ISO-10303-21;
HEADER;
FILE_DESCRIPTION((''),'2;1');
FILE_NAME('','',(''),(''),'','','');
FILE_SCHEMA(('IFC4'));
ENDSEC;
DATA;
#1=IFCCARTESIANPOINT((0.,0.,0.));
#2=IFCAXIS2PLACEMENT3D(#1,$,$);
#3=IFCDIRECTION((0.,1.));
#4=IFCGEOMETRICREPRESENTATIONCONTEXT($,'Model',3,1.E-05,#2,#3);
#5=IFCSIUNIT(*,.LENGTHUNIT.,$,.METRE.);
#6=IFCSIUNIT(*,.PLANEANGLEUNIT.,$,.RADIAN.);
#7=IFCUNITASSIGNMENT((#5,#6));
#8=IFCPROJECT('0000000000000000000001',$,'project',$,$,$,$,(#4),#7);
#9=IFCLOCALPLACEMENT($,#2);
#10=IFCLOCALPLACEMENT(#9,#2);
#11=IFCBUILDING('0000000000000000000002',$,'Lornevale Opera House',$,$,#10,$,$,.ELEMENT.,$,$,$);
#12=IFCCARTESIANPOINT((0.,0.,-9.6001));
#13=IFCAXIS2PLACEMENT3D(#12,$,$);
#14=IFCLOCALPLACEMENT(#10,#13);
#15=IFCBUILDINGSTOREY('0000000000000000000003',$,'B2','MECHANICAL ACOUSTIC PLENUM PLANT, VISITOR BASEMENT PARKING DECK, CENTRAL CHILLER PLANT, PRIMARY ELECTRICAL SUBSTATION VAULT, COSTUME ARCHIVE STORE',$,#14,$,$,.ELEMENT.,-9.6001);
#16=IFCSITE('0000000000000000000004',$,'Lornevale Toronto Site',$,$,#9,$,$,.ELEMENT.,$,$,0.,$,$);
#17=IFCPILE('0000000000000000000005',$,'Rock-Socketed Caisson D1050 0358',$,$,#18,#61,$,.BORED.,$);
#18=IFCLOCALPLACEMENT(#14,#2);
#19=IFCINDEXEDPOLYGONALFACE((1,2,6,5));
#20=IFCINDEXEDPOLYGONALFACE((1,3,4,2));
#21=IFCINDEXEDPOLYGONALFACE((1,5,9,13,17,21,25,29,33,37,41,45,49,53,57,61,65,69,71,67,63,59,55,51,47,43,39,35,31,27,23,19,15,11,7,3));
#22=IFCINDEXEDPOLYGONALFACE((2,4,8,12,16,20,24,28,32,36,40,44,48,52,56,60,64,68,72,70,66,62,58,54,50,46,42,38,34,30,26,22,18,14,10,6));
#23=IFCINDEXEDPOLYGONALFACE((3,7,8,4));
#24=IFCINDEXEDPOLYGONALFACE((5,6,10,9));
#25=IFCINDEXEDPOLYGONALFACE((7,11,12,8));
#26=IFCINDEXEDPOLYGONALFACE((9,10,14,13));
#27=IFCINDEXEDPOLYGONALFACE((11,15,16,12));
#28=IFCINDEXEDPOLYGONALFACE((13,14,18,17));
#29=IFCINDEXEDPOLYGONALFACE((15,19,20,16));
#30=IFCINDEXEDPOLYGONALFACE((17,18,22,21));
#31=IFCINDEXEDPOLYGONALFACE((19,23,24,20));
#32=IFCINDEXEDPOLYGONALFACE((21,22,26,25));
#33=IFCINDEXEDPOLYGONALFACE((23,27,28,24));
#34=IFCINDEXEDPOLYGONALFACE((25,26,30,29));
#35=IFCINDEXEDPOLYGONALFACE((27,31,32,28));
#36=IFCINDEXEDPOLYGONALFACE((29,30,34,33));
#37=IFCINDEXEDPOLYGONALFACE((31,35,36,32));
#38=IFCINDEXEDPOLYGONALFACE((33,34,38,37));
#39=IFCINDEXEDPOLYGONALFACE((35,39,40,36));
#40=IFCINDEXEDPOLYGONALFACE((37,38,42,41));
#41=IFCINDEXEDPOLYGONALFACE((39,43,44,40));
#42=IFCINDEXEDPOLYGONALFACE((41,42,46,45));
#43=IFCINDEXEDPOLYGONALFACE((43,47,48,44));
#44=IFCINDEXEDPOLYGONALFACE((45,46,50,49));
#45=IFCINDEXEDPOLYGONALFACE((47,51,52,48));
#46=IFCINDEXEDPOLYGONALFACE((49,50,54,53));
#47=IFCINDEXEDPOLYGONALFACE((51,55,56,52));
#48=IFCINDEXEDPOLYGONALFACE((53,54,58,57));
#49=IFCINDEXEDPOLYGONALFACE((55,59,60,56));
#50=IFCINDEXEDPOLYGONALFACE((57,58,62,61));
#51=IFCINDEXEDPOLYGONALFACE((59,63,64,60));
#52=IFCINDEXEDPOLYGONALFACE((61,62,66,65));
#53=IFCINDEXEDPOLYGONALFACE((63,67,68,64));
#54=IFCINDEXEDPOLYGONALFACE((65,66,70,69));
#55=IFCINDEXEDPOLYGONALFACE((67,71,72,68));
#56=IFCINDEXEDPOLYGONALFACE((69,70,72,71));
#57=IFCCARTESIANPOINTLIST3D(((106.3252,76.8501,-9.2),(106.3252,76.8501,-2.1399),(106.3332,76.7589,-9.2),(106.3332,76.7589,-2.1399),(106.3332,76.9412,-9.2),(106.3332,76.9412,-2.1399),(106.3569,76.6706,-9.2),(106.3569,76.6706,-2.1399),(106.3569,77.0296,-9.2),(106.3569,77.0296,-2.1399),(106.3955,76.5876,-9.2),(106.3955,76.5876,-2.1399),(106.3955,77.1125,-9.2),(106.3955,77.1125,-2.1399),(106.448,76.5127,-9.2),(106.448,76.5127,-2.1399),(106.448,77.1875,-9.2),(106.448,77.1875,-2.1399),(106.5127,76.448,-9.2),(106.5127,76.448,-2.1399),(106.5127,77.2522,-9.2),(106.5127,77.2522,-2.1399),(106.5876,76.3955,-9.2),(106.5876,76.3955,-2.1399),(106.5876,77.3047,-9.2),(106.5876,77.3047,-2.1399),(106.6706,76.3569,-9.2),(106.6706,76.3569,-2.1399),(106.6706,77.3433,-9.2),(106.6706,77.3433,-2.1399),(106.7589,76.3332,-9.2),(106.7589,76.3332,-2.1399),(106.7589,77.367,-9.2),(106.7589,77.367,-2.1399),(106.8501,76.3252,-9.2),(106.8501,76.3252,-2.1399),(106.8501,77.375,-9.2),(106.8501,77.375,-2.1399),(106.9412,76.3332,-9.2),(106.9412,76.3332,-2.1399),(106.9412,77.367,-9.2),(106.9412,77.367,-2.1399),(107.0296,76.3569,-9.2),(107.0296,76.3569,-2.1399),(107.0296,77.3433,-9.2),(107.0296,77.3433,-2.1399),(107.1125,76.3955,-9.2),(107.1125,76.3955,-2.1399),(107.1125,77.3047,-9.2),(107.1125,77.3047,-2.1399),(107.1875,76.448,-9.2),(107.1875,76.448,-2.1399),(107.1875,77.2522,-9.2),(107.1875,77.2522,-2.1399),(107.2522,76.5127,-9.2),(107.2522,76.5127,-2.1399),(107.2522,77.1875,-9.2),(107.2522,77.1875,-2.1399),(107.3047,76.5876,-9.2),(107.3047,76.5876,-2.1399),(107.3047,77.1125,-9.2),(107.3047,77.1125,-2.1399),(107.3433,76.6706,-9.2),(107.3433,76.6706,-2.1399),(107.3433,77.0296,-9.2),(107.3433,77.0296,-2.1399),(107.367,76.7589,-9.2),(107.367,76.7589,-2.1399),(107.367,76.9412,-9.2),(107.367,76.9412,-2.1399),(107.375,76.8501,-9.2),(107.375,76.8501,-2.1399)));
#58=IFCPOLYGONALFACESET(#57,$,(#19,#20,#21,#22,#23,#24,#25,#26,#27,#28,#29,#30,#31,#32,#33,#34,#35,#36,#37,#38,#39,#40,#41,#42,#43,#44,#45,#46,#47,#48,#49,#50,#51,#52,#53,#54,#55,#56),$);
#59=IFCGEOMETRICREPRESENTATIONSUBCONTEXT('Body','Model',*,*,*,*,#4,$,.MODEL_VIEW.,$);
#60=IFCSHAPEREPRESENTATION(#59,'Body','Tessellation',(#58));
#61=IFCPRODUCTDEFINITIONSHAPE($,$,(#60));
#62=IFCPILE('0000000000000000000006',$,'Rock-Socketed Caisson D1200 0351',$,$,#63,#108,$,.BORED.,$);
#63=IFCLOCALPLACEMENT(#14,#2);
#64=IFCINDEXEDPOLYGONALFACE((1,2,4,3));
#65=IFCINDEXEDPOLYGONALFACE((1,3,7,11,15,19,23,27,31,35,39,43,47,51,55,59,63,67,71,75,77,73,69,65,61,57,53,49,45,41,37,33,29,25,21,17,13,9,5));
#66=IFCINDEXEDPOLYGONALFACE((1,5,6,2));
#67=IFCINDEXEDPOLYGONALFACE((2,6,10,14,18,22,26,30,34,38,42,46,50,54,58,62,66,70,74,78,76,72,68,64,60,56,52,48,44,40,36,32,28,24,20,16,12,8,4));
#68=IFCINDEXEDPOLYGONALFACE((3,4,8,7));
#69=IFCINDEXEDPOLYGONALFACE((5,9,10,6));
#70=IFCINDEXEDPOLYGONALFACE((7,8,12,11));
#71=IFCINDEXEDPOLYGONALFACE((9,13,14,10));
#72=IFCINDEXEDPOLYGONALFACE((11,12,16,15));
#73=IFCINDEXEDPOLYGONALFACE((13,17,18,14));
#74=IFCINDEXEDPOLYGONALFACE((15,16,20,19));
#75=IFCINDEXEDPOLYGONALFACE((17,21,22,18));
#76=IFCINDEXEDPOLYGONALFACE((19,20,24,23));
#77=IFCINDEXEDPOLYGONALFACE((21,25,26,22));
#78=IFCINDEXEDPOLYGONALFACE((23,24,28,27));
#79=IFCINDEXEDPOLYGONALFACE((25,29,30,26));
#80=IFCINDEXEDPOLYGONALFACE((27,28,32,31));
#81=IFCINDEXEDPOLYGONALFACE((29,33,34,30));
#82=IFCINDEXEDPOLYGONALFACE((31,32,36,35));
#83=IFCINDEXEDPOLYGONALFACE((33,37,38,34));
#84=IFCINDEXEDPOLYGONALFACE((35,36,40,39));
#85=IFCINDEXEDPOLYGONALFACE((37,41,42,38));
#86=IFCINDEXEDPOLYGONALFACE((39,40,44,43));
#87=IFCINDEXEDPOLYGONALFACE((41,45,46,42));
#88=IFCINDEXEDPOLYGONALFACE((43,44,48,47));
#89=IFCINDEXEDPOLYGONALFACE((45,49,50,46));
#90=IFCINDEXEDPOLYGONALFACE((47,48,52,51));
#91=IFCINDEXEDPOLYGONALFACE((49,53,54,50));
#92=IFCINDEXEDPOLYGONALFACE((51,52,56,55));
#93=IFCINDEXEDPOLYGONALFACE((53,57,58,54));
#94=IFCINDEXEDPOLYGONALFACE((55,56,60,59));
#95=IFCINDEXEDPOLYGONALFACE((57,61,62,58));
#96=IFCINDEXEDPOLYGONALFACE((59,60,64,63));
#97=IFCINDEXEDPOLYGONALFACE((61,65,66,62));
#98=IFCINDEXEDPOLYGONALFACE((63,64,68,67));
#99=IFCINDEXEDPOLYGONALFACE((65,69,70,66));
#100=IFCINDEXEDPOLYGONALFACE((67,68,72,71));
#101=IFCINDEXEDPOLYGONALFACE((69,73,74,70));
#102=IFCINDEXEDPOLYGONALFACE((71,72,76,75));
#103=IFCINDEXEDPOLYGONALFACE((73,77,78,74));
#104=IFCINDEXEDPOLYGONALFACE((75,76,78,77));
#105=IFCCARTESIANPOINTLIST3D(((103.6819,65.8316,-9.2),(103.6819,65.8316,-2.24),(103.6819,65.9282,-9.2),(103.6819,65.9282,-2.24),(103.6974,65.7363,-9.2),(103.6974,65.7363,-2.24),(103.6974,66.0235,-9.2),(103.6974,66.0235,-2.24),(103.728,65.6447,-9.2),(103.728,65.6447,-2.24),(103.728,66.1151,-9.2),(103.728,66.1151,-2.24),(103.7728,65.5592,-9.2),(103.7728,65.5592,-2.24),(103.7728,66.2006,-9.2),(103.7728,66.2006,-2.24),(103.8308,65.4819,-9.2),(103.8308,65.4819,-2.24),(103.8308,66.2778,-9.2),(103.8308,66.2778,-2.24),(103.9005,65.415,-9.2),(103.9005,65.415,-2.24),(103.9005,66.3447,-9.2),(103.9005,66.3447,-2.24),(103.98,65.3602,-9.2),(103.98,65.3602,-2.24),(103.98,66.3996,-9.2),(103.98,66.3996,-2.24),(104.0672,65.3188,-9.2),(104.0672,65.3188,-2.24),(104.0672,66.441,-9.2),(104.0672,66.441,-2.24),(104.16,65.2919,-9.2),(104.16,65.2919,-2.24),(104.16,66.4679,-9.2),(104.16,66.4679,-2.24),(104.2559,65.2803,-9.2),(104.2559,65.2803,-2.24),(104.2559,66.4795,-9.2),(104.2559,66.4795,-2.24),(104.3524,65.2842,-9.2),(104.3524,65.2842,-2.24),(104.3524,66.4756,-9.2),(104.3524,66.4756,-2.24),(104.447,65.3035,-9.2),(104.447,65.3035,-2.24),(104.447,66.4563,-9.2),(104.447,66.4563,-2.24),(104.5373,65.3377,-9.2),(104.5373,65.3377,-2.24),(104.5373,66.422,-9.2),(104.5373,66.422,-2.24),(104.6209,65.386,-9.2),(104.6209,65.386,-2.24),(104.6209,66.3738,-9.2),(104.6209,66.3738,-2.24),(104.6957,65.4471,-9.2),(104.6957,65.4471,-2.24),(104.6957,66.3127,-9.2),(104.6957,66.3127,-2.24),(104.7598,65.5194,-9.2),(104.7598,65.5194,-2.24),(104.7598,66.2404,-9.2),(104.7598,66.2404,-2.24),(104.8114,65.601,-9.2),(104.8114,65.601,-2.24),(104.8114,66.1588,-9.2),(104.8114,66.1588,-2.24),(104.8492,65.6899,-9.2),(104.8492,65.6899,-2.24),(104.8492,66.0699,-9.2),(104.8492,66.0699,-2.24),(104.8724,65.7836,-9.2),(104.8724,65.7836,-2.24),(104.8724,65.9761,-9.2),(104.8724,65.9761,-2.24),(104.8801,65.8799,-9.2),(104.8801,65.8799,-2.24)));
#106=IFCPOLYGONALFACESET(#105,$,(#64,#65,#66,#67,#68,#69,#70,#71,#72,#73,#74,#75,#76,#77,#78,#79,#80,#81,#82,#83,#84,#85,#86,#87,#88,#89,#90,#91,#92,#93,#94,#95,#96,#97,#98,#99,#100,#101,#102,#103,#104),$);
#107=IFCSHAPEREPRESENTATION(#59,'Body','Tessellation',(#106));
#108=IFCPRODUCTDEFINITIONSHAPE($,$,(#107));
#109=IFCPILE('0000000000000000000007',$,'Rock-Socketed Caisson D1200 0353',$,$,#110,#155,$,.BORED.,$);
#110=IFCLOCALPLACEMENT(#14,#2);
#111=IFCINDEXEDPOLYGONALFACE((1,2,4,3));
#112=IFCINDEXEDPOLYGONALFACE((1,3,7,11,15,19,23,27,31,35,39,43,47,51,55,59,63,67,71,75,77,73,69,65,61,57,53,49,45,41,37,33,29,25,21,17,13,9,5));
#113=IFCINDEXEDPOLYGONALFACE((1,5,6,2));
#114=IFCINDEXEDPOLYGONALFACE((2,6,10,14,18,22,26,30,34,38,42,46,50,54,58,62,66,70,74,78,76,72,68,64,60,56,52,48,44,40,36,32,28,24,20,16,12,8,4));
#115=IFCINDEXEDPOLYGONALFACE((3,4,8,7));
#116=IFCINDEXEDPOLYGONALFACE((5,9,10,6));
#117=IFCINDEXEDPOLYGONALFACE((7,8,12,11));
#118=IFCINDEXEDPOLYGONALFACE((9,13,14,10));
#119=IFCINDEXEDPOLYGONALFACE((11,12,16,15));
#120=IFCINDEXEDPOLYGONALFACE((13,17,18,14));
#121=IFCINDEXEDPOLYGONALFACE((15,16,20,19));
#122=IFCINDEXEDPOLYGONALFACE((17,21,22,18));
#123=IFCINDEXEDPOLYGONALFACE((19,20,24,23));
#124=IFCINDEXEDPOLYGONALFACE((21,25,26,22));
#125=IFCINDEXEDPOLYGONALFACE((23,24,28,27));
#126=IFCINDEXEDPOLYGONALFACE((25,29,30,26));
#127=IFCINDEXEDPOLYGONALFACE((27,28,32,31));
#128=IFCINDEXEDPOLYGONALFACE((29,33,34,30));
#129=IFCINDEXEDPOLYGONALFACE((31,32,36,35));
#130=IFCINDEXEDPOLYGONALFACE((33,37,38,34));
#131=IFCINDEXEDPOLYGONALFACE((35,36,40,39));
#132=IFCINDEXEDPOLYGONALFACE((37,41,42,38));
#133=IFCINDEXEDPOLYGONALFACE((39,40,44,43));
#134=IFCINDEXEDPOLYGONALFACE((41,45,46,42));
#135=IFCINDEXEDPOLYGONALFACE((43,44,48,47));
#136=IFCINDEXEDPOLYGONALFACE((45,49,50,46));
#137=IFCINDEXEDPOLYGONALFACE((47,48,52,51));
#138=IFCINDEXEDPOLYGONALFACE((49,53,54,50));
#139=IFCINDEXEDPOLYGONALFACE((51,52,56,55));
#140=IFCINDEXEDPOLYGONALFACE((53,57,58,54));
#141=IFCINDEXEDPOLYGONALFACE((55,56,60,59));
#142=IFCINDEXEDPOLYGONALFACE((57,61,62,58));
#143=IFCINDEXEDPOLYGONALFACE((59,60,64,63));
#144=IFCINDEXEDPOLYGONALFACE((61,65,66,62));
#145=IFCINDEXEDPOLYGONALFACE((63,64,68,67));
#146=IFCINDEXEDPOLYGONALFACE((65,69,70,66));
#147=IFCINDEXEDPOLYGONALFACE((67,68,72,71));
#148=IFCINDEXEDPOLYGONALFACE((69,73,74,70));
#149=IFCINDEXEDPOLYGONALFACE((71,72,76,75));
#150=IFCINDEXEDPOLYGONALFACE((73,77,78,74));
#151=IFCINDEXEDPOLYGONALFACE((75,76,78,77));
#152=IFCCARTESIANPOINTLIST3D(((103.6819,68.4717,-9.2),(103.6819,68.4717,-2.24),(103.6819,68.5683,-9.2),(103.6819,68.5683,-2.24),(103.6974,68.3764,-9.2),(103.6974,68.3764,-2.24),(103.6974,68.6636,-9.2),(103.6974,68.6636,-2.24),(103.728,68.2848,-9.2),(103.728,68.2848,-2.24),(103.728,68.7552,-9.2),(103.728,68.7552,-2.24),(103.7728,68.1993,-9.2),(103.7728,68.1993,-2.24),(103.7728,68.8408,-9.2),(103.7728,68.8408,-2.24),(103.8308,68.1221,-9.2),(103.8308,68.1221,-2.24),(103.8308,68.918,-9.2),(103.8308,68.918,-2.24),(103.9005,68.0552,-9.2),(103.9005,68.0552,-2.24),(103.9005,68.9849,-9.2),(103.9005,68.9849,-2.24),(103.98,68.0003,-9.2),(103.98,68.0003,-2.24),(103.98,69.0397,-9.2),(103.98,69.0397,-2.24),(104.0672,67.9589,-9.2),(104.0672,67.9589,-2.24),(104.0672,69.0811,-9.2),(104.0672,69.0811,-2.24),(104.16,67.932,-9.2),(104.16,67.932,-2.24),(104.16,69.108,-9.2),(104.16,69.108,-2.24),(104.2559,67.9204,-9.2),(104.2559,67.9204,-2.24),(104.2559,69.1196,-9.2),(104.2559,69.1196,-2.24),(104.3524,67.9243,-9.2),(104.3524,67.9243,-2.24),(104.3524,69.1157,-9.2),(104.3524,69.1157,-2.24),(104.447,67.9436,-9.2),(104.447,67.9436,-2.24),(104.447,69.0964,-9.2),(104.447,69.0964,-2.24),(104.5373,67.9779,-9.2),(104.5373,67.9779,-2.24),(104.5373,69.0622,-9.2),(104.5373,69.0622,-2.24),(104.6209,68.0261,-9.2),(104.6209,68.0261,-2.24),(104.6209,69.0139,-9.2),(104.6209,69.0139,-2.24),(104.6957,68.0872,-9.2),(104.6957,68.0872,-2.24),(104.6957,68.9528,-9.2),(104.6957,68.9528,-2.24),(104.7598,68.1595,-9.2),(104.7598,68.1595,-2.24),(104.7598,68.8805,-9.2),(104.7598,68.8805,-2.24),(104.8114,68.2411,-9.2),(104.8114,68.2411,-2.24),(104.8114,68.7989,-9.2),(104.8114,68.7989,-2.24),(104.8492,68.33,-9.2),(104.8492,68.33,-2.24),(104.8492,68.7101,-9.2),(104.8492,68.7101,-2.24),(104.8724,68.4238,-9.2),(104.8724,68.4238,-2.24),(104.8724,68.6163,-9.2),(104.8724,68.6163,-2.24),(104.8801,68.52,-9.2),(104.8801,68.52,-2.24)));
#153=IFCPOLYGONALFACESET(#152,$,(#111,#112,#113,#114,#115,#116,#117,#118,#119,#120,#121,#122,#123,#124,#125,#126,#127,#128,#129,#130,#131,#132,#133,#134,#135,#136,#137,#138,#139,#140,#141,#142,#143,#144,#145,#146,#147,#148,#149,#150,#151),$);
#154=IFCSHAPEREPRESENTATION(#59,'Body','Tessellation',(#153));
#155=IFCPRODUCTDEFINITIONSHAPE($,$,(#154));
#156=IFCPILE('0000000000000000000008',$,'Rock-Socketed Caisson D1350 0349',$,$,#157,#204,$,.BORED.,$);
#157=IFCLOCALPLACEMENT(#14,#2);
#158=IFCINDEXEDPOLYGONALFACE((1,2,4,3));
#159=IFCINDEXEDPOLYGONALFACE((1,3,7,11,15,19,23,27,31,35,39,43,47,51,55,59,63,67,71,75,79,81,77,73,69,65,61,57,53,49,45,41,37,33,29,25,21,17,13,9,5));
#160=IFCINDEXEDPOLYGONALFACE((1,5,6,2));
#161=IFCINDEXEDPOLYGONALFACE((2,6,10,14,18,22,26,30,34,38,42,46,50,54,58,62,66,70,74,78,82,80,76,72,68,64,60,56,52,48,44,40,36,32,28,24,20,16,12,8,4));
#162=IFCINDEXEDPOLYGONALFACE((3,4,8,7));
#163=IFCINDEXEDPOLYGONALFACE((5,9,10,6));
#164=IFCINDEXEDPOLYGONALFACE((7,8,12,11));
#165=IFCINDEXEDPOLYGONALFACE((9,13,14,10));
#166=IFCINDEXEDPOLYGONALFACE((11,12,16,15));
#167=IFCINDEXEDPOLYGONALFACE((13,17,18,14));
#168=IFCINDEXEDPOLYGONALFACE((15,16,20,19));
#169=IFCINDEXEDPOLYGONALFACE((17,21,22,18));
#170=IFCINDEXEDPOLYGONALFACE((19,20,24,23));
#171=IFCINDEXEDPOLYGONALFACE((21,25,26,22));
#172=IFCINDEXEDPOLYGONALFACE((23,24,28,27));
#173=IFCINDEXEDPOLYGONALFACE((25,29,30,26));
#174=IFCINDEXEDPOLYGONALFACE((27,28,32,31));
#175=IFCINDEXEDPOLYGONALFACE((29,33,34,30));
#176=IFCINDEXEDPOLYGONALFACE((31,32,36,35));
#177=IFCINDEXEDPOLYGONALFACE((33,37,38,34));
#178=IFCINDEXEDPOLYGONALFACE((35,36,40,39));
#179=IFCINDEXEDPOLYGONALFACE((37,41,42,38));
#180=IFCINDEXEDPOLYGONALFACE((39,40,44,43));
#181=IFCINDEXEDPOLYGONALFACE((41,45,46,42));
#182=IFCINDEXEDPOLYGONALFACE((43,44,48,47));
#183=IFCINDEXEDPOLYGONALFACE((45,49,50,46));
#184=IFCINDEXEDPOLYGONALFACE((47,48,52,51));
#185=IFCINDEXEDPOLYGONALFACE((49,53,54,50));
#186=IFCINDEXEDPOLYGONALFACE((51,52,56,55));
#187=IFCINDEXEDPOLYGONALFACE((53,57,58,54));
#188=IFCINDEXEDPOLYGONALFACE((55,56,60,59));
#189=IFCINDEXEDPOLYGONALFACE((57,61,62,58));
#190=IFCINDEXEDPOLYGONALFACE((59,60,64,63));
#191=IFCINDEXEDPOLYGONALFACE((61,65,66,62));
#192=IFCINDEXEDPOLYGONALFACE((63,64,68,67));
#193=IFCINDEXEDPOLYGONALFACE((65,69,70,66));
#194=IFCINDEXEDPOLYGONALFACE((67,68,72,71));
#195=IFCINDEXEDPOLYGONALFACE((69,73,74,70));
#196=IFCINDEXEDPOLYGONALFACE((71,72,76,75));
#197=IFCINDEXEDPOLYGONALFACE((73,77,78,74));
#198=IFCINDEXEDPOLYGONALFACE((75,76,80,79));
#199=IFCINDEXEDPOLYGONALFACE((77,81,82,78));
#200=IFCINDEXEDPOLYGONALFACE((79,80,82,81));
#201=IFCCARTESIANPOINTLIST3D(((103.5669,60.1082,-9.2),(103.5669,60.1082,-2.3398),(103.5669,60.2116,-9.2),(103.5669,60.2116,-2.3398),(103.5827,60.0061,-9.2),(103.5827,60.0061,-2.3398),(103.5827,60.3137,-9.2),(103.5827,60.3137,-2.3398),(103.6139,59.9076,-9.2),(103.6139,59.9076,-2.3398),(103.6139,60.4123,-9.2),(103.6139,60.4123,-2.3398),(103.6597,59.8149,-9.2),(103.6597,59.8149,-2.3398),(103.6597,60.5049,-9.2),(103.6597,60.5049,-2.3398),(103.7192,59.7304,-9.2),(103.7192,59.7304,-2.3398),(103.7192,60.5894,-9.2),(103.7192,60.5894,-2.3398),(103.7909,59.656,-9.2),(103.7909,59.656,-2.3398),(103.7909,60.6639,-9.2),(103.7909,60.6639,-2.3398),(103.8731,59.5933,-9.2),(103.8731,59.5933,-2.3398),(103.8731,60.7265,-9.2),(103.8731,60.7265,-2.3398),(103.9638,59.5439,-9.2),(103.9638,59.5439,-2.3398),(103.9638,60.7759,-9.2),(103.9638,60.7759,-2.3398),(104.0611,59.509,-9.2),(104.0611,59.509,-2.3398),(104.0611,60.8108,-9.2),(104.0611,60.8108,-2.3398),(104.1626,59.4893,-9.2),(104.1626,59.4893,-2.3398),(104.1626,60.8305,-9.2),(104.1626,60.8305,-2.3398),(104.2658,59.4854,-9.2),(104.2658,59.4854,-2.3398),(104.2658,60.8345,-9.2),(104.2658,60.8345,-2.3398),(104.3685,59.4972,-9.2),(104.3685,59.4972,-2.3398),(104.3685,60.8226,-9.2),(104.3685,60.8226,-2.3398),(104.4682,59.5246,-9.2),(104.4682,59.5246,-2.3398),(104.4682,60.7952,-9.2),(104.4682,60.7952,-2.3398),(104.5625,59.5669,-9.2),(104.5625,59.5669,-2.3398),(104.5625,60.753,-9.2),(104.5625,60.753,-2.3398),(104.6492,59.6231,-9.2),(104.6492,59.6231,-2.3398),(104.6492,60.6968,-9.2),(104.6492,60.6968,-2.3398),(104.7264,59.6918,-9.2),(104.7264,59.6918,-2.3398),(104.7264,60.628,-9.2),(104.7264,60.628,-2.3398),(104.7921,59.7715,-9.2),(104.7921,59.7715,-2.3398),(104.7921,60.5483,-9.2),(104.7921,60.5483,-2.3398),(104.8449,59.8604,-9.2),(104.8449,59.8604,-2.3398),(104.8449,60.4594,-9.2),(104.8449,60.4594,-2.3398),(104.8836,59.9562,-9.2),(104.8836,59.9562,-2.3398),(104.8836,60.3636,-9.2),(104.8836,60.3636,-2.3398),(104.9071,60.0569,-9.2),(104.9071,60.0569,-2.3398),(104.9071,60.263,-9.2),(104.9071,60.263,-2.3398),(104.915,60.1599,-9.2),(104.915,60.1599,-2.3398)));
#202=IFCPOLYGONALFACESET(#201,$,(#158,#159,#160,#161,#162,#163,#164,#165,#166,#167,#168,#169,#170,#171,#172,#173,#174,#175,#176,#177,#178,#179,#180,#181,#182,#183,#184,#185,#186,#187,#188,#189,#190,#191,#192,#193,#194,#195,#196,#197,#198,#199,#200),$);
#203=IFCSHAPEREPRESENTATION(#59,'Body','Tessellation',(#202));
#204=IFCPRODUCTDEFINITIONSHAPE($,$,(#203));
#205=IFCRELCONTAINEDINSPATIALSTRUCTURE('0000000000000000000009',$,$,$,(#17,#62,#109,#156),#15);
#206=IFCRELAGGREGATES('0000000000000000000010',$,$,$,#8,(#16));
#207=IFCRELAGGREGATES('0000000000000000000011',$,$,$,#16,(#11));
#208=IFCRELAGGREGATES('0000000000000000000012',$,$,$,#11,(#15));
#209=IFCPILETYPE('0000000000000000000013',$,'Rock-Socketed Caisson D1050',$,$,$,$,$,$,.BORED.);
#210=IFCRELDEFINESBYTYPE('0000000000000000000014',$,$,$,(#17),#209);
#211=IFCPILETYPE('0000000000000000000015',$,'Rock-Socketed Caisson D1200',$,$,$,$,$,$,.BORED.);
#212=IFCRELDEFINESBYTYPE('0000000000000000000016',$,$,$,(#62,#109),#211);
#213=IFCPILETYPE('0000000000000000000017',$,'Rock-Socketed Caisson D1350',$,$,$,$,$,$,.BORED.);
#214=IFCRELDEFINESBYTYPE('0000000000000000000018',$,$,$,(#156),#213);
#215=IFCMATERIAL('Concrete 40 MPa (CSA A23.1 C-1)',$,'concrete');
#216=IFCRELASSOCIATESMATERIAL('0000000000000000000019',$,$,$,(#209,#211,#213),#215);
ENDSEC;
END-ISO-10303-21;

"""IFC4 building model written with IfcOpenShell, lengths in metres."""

from ifc_helpers import new_model, si_unit, direction, frame, origin, origin_2d, place, context, subcontext, project, spatial, circle, extrude, material, material_profile, profile_set, type_object, element, save


model = new_model("IFC4")

# Units and contexts
model_context = context("Model", 3, precision=1e-05, world=origin(), true_north=direction((0.0, 1.0)))
body_context = subcontext(model_context, "Body", "Model", "MODEL_VIEW")
ifc_project = project(units=[si_unit("LENGTHUNIT", "METRE"), si_unit("PLANEANGLEUNIT", "RADIAN")], contexts=[model_context])

# Site, building, storey
site_placement = place(None, origin())
site = spatial("IfcSite", under=ifc_project, at=site_placement, Name="Lornevale Toronto Site", CompositionType="ELEMENT", RefElevation=0.0)
building_placement = place(site_placement, origin())
building = spatial("IfcBuilding", under=site, at=building_placement, Name="Lornevale Opera House", CompositionType="ELEMENT")
storey_placement = place(building_placement, frame((0.0, 0.0, -9.6001)))
storey = spatial("IfcBuildingStorey", under=building, at=storey_placement, Name="B2", Description="MECHANICAL ACOUSTIC PLENUM PLANT, VISITOR BASEMENT PARKING DECK, CENTRAL CHILLER PLANT, PRIMARY ELECTRICAL SUBSTATION VAULT, COSTUME ARCHIVE STORE", CompositionType="ELEMENT", Elevation=-9.6001)

# Piles
ifc_material_1 = material(Name="Concrete 40 MPa (CSA A23.1 C-1)", Category="concrete")
ifc_material_profile_1 = material_profile(ifc_material_1, circle(Radius=0.5249, at=origin_2d()), Name="CAIS1050")
ifc_profile_set_1 = profile_set([ifc_material_profile_1], Name="Concrete 40 MPa (CSA A23.1 C-1)")
pile_type_1 = type_object("IfcPileType", Name="Rock-Socketed Caisson D1050", PredefinedType="BORED", material=ifc_profile_set_1)
for number, where, z_axis, x_axis, name in (
    (1, (106.8501, 76.8501, -2.1399), (0.0, 0.0, -1.0), (1.0, 0.0, 0.0), "Rock-Socketed Caisson D1050 0358"),
):
    element("IfcPile", number, at=place(storey_placement, frame(where, z_axis=z_axis, x_axis=x_axis)), inside=storey, type_object=pile_type_1, Name=name, PredefinedType="BORED", context=body_context, shape_type="SweptSolid", body=[
        extrude(circle(Radius=0.5249, at=origin_2d()), origin(), (0.0, 0.0, 1.0), 7.0601),
    ])
ifc_material_profile_2 = material_profile(ifc_material_1, circle(Radius=0.6001, at=origin_2d()), Name="CAIS1200")
ifc_profile_set_2 = profile_set([ifc_material_profile_2], Name="Concrete 40 MPa (CSA A23.1 C-1)")
pile_type_2 = type_object("IfcPileType", Name="Rock-Socketed Caisson D1200", PredefinedType="BORED", material=ifc_profile_set_2)
for number, where, z_axis, x_axis, name in (
    (2, (104.28, 65.8799, -2.24), (0.0, 0.0, -1.0), (1.0, 0.0, 0.0), "Rock-Socketed Caisson D1200 0351"),
    (3, (104.28, 68.52, -2.24), (0.0, 0.0, -1.0), (1.0, 0.0, 0.0), "Rock-Socketed Caisson D1200 0353"),
):
    element("IfcPile", number, at=place(storey_placement, frame(where, z_axis=z_axis, x_axis=x_axis)), inside=storey, type_object=pile_type_2, Name=name, PredefinedType="BORED", context=body_context, shape_type="SweptSolid", body=[
        extrude(circle(Radius=0.6001, at=origin_2d()), origin(), (0.0, 0.0, 1.0), 6.96),
    ])
ifc_material_profile_3 = material_profile(ifc_material_1, circle(Radius=0.675, at=origin_2d()), Name="CAIS1350")
ifc_profile_set_3 = profile_set([ifc_material_profile_3], Name="Concrete 40 MPa (CSA A23.1 C-1)")
pile_type_3 = type_object("IfcPileType", Name="Rock-Socketed Caisson D1350", PredefinedType="BORED", material=ifc_profile_set_3)
pile_placement = place(storey_placement, frame((104.24, 60.1599, -2.3398), z_axis=(0.0, 0.0, -1.0), x_axis=(1.0, 0.0, 0.0)))
element("IfcPile", 4, at=pile_placement, inside=storey, type_object=pile_type_3, Name="Rock-Socketed Caisson D1350 0349", PredefinedType="BORED", context=body_context, shape_type="SweptSolid", body=[
    extrude(circle(Radius=0.675, at=origin_2d()), origin(), (0.0, 0.0, 1.0), 6.8601),
])

save(model, "model.ifc")
